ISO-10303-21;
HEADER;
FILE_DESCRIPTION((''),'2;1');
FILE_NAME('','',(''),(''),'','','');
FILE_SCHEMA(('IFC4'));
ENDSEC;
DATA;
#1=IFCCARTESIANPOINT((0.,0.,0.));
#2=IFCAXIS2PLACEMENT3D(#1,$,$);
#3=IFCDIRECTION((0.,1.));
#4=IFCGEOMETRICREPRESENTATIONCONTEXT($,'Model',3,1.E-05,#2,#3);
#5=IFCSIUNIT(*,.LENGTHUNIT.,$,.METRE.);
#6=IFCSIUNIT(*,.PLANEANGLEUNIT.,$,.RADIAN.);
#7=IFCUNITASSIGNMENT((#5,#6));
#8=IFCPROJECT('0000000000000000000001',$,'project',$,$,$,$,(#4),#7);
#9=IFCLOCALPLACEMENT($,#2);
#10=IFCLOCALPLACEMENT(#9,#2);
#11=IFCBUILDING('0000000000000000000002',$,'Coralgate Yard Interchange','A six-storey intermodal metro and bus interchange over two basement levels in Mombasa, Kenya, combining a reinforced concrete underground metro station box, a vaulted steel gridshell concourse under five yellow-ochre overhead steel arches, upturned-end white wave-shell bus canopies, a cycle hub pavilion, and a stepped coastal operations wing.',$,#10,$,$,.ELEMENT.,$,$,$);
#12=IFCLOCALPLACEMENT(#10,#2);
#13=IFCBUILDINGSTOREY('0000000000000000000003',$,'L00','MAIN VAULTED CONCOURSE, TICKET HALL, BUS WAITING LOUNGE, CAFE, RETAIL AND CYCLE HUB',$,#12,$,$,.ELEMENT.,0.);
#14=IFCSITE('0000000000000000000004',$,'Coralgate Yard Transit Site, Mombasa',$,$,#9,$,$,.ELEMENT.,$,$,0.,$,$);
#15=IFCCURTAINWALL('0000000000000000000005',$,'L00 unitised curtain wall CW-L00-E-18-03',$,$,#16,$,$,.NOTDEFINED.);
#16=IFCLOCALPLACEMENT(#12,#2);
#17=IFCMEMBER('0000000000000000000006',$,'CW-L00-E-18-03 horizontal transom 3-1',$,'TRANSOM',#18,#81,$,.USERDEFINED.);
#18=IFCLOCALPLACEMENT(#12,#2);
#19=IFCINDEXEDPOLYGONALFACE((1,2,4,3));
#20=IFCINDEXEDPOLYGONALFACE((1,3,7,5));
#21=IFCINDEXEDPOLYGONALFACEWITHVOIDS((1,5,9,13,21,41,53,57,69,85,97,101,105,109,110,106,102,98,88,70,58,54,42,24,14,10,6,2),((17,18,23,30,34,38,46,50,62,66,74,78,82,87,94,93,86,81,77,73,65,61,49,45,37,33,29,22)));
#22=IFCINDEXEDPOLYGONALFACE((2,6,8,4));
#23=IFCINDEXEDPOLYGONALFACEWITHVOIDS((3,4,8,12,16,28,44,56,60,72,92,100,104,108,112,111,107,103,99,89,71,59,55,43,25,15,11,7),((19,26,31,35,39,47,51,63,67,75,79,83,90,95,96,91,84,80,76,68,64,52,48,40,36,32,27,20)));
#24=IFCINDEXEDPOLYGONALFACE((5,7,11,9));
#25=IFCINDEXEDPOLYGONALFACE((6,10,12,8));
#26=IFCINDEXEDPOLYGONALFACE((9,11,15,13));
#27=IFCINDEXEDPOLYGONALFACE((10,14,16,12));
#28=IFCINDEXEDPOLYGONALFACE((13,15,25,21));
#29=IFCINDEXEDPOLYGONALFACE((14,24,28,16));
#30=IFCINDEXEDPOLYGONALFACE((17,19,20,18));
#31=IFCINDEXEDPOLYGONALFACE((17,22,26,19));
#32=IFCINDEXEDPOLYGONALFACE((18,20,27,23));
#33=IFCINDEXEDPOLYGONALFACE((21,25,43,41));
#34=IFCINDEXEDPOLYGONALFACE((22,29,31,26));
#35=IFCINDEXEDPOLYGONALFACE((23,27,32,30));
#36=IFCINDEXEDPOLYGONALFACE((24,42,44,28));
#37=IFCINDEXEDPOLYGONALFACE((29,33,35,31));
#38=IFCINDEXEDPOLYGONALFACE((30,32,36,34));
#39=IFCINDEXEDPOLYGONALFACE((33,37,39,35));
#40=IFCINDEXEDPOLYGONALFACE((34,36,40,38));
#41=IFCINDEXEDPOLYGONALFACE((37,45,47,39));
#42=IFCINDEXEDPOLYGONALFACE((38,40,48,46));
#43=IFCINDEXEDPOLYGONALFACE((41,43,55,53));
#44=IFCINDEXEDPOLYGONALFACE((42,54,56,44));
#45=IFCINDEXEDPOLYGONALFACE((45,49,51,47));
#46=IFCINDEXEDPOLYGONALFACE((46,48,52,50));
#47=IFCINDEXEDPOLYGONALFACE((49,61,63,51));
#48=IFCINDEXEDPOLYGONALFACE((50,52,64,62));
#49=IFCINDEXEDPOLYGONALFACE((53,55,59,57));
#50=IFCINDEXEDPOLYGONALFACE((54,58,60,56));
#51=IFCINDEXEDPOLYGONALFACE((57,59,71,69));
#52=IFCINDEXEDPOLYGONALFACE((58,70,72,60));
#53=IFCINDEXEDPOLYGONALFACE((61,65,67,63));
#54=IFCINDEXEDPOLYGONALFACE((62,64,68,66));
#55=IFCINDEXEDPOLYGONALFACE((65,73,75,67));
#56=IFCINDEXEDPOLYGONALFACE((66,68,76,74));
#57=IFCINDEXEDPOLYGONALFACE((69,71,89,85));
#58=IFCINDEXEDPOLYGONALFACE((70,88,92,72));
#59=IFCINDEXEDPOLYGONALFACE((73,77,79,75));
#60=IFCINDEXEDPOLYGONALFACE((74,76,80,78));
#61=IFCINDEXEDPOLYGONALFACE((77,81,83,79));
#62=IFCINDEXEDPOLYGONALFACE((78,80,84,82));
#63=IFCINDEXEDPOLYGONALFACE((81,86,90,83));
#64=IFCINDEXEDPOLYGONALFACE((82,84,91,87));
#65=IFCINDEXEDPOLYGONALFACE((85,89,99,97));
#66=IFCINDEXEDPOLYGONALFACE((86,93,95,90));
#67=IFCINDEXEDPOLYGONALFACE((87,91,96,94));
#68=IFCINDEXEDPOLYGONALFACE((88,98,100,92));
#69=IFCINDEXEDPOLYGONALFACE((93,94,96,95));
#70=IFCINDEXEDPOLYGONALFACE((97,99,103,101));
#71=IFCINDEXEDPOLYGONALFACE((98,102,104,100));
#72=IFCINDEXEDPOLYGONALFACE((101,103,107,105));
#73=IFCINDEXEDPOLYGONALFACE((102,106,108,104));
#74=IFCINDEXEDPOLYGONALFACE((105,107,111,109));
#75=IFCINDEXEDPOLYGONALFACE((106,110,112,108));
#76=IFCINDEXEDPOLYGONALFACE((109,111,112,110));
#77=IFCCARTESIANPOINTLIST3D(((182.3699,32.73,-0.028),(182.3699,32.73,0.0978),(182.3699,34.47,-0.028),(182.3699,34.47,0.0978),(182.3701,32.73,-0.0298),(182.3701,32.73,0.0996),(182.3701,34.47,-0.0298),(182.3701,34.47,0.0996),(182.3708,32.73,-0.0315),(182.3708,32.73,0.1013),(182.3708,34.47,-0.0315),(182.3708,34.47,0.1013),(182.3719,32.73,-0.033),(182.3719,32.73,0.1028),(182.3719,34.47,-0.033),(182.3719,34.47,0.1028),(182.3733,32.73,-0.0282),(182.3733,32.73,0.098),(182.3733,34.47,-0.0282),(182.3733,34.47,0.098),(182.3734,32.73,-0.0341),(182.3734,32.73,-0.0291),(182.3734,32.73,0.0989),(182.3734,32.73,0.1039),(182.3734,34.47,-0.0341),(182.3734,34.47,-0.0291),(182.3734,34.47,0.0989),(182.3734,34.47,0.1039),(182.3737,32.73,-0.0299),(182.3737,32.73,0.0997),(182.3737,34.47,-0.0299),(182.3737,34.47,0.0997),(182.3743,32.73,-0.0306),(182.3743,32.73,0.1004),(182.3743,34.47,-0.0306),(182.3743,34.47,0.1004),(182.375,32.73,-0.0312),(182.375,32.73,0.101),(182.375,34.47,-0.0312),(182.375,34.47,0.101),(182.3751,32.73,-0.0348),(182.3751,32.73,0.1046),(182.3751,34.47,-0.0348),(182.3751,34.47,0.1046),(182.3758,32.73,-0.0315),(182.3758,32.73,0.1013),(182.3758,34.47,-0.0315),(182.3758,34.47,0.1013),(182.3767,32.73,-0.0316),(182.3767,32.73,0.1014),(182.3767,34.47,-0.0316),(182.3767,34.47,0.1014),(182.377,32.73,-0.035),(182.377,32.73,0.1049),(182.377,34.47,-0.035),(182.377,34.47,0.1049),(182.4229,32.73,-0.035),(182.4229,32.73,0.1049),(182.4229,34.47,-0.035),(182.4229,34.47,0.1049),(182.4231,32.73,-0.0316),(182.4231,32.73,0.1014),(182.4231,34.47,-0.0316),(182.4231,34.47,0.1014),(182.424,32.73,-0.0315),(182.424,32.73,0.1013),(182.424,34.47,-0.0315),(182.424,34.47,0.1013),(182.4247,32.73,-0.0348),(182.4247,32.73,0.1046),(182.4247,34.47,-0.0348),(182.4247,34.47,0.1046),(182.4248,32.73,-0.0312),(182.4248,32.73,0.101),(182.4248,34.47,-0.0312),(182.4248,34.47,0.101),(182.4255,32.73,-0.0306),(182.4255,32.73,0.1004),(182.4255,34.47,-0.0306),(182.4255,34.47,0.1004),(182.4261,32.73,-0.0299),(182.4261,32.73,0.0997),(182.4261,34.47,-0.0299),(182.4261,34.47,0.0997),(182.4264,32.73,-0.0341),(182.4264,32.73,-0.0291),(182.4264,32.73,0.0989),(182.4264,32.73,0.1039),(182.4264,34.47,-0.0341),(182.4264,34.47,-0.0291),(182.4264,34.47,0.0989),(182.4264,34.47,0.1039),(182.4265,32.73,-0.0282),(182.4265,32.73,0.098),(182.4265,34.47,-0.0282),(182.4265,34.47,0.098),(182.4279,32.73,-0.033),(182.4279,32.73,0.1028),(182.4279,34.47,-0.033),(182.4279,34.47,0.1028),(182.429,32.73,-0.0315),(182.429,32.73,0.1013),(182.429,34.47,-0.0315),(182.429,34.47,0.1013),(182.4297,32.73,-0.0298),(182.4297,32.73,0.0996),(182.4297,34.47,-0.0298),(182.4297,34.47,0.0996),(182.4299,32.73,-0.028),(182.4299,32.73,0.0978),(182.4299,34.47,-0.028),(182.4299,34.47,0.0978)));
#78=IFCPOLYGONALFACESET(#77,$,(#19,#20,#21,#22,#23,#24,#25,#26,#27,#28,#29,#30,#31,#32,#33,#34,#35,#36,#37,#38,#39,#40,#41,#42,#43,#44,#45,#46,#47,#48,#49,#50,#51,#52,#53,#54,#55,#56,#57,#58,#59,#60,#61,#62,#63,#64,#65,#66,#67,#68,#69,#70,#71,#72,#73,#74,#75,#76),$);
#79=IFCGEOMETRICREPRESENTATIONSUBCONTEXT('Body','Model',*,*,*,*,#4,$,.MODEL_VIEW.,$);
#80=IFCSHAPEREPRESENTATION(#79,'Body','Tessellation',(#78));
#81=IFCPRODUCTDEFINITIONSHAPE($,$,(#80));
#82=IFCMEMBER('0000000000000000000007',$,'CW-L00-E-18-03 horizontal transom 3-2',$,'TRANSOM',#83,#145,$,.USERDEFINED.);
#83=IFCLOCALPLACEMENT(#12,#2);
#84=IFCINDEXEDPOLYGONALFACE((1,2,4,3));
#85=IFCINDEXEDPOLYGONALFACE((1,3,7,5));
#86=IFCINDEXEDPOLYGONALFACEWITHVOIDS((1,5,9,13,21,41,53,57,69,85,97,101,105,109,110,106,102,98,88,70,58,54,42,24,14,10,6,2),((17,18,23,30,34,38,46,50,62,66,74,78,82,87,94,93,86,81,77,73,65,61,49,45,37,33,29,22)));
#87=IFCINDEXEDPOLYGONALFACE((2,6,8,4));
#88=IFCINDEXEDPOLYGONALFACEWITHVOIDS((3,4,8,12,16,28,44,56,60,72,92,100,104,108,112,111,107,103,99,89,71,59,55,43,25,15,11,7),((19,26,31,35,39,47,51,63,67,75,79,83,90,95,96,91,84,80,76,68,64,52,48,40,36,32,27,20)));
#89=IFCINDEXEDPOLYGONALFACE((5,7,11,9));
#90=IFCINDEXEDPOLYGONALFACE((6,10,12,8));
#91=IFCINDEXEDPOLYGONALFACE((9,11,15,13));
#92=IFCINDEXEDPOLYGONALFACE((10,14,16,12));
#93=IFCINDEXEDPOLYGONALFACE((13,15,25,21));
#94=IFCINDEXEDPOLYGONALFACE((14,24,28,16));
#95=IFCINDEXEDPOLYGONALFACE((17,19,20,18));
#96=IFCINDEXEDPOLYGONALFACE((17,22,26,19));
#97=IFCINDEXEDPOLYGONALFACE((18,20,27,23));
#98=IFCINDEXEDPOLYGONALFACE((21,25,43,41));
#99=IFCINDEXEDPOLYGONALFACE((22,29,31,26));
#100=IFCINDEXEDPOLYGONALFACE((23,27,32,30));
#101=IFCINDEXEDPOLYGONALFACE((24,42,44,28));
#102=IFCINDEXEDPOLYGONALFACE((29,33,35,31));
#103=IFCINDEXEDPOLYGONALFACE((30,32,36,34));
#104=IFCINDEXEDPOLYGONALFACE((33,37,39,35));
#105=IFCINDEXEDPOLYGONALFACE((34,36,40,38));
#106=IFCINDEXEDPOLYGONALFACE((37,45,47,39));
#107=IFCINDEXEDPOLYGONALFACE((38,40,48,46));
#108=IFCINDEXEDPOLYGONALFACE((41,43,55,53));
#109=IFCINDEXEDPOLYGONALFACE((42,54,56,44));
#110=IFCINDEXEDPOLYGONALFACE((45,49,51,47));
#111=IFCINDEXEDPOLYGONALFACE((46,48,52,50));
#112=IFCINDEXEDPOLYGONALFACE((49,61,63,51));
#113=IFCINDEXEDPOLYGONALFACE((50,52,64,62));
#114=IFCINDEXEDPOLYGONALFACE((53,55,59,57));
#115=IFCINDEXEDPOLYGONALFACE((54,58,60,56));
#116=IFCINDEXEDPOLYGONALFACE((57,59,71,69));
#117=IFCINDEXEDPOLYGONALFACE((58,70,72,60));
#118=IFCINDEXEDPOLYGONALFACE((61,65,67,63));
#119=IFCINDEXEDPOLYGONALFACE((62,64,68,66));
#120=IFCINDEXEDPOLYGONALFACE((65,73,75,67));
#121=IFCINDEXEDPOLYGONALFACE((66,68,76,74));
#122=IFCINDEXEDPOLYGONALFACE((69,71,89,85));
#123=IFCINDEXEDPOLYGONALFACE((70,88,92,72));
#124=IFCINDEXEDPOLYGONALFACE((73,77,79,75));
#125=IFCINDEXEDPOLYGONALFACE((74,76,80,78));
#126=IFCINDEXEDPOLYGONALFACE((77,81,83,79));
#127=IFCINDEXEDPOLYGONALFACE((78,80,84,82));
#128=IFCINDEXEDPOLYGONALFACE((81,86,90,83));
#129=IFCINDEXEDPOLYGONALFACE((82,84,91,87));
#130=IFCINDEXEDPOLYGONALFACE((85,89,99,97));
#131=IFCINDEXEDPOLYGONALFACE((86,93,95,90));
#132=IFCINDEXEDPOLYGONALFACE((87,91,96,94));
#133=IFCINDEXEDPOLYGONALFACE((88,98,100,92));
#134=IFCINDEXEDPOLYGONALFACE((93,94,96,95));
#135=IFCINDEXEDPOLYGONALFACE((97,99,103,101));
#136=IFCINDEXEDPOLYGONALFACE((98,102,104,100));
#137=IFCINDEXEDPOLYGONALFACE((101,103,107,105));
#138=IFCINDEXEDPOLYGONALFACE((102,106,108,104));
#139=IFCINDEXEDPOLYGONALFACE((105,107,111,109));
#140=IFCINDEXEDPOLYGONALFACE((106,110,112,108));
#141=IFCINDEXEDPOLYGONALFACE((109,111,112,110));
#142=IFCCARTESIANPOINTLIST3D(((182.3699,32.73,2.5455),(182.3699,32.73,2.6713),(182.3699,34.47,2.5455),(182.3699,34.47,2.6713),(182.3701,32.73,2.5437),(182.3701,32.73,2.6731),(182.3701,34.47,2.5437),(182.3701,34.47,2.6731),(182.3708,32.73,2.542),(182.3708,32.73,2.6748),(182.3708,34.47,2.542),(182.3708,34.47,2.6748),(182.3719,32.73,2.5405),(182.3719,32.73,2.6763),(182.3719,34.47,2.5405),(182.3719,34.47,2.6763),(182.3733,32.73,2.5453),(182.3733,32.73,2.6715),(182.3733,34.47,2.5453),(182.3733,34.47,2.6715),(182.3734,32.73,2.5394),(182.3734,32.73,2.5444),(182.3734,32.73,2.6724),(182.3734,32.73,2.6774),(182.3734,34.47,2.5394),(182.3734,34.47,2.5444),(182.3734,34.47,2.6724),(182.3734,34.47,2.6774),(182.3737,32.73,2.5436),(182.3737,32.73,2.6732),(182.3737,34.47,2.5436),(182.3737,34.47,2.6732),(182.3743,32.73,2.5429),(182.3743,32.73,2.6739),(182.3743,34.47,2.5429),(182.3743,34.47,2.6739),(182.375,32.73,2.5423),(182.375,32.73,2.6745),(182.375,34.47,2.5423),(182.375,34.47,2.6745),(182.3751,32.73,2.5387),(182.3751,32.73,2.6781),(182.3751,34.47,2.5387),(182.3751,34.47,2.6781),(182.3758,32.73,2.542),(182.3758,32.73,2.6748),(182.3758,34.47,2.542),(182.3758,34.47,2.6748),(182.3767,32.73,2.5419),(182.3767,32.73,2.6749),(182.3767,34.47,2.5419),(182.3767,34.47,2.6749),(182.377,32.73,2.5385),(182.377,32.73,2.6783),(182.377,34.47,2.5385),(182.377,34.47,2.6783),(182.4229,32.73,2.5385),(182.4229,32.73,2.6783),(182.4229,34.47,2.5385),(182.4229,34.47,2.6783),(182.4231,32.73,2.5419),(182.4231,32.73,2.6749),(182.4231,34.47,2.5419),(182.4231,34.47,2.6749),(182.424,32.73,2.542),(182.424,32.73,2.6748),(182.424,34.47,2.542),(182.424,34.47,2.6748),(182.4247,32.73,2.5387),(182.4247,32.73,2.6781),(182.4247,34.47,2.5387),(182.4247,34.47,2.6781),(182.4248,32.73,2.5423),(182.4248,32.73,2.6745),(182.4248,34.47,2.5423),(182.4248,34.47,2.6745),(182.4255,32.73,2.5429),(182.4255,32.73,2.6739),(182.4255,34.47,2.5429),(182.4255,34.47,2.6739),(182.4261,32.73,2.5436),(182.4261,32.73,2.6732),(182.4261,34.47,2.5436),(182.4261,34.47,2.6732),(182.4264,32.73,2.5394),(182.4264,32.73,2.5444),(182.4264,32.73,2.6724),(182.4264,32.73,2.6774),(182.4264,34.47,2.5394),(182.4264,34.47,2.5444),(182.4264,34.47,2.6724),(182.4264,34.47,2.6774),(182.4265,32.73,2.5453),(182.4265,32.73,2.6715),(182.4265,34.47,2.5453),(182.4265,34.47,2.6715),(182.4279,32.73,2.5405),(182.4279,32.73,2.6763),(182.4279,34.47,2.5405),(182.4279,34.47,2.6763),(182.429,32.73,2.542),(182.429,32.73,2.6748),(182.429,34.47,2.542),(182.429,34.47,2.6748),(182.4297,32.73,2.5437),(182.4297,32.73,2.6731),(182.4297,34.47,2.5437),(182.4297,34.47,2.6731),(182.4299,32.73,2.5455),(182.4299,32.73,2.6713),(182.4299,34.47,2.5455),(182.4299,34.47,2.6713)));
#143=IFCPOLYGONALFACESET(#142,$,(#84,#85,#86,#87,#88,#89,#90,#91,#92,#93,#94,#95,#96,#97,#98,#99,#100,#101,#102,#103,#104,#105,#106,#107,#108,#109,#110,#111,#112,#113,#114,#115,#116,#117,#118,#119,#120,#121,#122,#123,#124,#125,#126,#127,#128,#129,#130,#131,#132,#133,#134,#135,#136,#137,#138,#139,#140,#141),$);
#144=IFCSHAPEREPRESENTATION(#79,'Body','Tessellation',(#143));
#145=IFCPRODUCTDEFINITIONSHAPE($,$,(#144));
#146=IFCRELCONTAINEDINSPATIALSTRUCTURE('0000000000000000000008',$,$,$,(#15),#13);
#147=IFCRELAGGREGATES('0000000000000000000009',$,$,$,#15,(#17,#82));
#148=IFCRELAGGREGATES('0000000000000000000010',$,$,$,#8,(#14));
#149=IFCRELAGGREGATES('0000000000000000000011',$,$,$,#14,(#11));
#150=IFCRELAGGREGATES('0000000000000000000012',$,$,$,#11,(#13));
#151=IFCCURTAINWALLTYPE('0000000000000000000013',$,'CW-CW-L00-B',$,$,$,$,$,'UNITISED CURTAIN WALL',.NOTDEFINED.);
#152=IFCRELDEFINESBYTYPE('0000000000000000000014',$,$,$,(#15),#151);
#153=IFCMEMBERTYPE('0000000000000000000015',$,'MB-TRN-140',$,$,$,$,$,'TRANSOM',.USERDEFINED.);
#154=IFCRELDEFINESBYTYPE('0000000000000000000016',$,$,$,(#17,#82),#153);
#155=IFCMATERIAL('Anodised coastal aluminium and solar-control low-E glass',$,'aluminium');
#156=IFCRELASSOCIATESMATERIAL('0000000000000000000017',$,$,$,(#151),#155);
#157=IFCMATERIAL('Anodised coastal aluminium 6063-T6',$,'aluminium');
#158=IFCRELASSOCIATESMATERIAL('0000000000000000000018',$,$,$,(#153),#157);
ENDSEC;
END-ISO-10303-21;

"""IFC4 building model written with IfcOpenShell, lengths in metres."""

from ifc_helpers import new_model, si_unit, direction, frame, origin, origin_2d, place, context, subcontext, project, spatial, hollow_rectangle, extrude, material, material_profile, profile_set, type_object, element, aggregate, save


model = new_model("IFC4")

# Units and contexts
model_context = context("Model", 3, precision=1e-05, world=origin(), true_north=direction((0.0, 1.0)))
body_context = subcontext(model_context, "Body", "Model", "MODEL_VIEW")
ifc_project = project(units=[si_unit("LENGTHUNIT", "METRE"), si_unit("PLANEANGLEUNIT", "RADIAN")], contexts=[model_context])

# Site, building, storey
site_placement = place(None, origin())
site = spatial("IfcSite", under=ifc_project, at=site_placement, Name="Coralgate Yard Transit Site, Mombasa", CompositionType="ELEMENT", RefElevation=0.0)
building_placement = place(site_placement, origin())
building = spatial("IfcBuilding", under=site, at=building_placement, Name="Coralgate Yard Interchange", Description="A six-storey intermodal metro and bus interchange over two basement levels in Mombasa, Kenya, combining a reinforced concrete underground metro station box, a vaulted steel gridshell concourse under five yellow-ochre overhead steel arches, upturned-end white wave-shell bus canopies, a cycle hub pavilion, and a stepped coastal operations wing.", CompositionType="ELEMENT")
storey_placement = place(building_placement, origin())
storey = spatial("IfcBuildingStorey", under=building, at=storey_placement, Name="L00", Description="MAIN VAULTED CONCOURSE, TICKET HALL, BUS WAITING LOUNGE, CAFE, RETAIL AND CYCLE HUB", CompositionType="ELEMENT", Elevation=0.0)

# Curtain wall, members
ifc_material_1 = material(Name="Anodised coastal aluminium and solar-control low-E glass", Category="aluminium")
curtain_wall_type = type_object("IfcCurtainWallType", Name="CW-CW-L00-B", ElementType="UNITISED CURTAIN WALL", PredefinedType="NOTDEFINED", material=ifc_material_1)
curtain_wall_placement = place(storey_placement, origin())
curtain_wall = element("IfcCurtainWall", 1, at=curtain_wall_placement, inside=storey, type_object=curtain_wall_type, Name="L00 unitised curtain wall CW-L00-E-18-03", PredefinedType="NOTDEFINED")
ifc_material_2 = material(Name="Anodised coastal aluminium 6063-T6", Category="aluminium")
ifc_material_profile_1 = material_profile(ifc_material_2, hollow_rectangle(XDim=0.0601, YDim=0.1399, WallThickness=0.0034, InnerFilletRadius=0.0034, OuterFilletRadius=0.0071, at=origin_2d()), Name="ALU 60x140x3.5")
ifc_profile_set_1 = profile_set([ifc_material_profile_1], Name="Anodised coastal aluminium 6063-T6")
member_type_1 = type_object("IfcMemberType", Name="MB-TRN-140", ElementType="TRANSOM", PredefinedType="USERDEFINED", material=ifc_profile_set_1)
member_1_placement = place(storey_placement, frame((182.3999, 34.47, 0.0349), z_axis=(0.0, -1.0, 0.0), x_axis=(1.0, 0.0, 0.0)))
member_1 = element("IfcMember", 2, at=member_1_placement, type_object=member_type_1, Name="CW-L00-E-18-03 horizontal transom 3-1", ObjectType="TRANSOM", PredefinedType="USERDEFINED", context=body_context, shape_type="SweptSolid", body=[
    extrude(hollow_rectangle(XDim=0.0601, YDim=0.1399, WallThickness=0.0034, InnerFilletRadius=0.0034, OuterFilletRadius=0.0071, at=origin_2d()), origin(), (0.0, 0.0, 1.0), 1.74),
])
member_2_placement = place(storey_placement, frame((182.3999, 34.47, 2.6084), z_axis=(0.0, -1.0, 0.0), x_axis=(1.0, 0.0, 0.0)))
member_2 = element("IfcMember", 3, at=member_2_placement, type_object=member_type_1, Name="CW-L00-E-18-03 horizontal transom 3-2", ObjectType="TRANSOM", PredefinedType="USERDEFINED", context=body_context, shape_type="SweptSolid", body=[
    extrude(hollow_rectangle(XDim=0.0601, YDim=0.1399, WallThickness=0.0034, InnerFilletRadius=0.0034, OuterFilletRadius=0.0071, at=origin_2d()), origin(), (0.0, 0.0, 1.0), 1.74),
])
aggregate(curtain_wall, [member_1, member_2])

save(model, "model.ifc")
